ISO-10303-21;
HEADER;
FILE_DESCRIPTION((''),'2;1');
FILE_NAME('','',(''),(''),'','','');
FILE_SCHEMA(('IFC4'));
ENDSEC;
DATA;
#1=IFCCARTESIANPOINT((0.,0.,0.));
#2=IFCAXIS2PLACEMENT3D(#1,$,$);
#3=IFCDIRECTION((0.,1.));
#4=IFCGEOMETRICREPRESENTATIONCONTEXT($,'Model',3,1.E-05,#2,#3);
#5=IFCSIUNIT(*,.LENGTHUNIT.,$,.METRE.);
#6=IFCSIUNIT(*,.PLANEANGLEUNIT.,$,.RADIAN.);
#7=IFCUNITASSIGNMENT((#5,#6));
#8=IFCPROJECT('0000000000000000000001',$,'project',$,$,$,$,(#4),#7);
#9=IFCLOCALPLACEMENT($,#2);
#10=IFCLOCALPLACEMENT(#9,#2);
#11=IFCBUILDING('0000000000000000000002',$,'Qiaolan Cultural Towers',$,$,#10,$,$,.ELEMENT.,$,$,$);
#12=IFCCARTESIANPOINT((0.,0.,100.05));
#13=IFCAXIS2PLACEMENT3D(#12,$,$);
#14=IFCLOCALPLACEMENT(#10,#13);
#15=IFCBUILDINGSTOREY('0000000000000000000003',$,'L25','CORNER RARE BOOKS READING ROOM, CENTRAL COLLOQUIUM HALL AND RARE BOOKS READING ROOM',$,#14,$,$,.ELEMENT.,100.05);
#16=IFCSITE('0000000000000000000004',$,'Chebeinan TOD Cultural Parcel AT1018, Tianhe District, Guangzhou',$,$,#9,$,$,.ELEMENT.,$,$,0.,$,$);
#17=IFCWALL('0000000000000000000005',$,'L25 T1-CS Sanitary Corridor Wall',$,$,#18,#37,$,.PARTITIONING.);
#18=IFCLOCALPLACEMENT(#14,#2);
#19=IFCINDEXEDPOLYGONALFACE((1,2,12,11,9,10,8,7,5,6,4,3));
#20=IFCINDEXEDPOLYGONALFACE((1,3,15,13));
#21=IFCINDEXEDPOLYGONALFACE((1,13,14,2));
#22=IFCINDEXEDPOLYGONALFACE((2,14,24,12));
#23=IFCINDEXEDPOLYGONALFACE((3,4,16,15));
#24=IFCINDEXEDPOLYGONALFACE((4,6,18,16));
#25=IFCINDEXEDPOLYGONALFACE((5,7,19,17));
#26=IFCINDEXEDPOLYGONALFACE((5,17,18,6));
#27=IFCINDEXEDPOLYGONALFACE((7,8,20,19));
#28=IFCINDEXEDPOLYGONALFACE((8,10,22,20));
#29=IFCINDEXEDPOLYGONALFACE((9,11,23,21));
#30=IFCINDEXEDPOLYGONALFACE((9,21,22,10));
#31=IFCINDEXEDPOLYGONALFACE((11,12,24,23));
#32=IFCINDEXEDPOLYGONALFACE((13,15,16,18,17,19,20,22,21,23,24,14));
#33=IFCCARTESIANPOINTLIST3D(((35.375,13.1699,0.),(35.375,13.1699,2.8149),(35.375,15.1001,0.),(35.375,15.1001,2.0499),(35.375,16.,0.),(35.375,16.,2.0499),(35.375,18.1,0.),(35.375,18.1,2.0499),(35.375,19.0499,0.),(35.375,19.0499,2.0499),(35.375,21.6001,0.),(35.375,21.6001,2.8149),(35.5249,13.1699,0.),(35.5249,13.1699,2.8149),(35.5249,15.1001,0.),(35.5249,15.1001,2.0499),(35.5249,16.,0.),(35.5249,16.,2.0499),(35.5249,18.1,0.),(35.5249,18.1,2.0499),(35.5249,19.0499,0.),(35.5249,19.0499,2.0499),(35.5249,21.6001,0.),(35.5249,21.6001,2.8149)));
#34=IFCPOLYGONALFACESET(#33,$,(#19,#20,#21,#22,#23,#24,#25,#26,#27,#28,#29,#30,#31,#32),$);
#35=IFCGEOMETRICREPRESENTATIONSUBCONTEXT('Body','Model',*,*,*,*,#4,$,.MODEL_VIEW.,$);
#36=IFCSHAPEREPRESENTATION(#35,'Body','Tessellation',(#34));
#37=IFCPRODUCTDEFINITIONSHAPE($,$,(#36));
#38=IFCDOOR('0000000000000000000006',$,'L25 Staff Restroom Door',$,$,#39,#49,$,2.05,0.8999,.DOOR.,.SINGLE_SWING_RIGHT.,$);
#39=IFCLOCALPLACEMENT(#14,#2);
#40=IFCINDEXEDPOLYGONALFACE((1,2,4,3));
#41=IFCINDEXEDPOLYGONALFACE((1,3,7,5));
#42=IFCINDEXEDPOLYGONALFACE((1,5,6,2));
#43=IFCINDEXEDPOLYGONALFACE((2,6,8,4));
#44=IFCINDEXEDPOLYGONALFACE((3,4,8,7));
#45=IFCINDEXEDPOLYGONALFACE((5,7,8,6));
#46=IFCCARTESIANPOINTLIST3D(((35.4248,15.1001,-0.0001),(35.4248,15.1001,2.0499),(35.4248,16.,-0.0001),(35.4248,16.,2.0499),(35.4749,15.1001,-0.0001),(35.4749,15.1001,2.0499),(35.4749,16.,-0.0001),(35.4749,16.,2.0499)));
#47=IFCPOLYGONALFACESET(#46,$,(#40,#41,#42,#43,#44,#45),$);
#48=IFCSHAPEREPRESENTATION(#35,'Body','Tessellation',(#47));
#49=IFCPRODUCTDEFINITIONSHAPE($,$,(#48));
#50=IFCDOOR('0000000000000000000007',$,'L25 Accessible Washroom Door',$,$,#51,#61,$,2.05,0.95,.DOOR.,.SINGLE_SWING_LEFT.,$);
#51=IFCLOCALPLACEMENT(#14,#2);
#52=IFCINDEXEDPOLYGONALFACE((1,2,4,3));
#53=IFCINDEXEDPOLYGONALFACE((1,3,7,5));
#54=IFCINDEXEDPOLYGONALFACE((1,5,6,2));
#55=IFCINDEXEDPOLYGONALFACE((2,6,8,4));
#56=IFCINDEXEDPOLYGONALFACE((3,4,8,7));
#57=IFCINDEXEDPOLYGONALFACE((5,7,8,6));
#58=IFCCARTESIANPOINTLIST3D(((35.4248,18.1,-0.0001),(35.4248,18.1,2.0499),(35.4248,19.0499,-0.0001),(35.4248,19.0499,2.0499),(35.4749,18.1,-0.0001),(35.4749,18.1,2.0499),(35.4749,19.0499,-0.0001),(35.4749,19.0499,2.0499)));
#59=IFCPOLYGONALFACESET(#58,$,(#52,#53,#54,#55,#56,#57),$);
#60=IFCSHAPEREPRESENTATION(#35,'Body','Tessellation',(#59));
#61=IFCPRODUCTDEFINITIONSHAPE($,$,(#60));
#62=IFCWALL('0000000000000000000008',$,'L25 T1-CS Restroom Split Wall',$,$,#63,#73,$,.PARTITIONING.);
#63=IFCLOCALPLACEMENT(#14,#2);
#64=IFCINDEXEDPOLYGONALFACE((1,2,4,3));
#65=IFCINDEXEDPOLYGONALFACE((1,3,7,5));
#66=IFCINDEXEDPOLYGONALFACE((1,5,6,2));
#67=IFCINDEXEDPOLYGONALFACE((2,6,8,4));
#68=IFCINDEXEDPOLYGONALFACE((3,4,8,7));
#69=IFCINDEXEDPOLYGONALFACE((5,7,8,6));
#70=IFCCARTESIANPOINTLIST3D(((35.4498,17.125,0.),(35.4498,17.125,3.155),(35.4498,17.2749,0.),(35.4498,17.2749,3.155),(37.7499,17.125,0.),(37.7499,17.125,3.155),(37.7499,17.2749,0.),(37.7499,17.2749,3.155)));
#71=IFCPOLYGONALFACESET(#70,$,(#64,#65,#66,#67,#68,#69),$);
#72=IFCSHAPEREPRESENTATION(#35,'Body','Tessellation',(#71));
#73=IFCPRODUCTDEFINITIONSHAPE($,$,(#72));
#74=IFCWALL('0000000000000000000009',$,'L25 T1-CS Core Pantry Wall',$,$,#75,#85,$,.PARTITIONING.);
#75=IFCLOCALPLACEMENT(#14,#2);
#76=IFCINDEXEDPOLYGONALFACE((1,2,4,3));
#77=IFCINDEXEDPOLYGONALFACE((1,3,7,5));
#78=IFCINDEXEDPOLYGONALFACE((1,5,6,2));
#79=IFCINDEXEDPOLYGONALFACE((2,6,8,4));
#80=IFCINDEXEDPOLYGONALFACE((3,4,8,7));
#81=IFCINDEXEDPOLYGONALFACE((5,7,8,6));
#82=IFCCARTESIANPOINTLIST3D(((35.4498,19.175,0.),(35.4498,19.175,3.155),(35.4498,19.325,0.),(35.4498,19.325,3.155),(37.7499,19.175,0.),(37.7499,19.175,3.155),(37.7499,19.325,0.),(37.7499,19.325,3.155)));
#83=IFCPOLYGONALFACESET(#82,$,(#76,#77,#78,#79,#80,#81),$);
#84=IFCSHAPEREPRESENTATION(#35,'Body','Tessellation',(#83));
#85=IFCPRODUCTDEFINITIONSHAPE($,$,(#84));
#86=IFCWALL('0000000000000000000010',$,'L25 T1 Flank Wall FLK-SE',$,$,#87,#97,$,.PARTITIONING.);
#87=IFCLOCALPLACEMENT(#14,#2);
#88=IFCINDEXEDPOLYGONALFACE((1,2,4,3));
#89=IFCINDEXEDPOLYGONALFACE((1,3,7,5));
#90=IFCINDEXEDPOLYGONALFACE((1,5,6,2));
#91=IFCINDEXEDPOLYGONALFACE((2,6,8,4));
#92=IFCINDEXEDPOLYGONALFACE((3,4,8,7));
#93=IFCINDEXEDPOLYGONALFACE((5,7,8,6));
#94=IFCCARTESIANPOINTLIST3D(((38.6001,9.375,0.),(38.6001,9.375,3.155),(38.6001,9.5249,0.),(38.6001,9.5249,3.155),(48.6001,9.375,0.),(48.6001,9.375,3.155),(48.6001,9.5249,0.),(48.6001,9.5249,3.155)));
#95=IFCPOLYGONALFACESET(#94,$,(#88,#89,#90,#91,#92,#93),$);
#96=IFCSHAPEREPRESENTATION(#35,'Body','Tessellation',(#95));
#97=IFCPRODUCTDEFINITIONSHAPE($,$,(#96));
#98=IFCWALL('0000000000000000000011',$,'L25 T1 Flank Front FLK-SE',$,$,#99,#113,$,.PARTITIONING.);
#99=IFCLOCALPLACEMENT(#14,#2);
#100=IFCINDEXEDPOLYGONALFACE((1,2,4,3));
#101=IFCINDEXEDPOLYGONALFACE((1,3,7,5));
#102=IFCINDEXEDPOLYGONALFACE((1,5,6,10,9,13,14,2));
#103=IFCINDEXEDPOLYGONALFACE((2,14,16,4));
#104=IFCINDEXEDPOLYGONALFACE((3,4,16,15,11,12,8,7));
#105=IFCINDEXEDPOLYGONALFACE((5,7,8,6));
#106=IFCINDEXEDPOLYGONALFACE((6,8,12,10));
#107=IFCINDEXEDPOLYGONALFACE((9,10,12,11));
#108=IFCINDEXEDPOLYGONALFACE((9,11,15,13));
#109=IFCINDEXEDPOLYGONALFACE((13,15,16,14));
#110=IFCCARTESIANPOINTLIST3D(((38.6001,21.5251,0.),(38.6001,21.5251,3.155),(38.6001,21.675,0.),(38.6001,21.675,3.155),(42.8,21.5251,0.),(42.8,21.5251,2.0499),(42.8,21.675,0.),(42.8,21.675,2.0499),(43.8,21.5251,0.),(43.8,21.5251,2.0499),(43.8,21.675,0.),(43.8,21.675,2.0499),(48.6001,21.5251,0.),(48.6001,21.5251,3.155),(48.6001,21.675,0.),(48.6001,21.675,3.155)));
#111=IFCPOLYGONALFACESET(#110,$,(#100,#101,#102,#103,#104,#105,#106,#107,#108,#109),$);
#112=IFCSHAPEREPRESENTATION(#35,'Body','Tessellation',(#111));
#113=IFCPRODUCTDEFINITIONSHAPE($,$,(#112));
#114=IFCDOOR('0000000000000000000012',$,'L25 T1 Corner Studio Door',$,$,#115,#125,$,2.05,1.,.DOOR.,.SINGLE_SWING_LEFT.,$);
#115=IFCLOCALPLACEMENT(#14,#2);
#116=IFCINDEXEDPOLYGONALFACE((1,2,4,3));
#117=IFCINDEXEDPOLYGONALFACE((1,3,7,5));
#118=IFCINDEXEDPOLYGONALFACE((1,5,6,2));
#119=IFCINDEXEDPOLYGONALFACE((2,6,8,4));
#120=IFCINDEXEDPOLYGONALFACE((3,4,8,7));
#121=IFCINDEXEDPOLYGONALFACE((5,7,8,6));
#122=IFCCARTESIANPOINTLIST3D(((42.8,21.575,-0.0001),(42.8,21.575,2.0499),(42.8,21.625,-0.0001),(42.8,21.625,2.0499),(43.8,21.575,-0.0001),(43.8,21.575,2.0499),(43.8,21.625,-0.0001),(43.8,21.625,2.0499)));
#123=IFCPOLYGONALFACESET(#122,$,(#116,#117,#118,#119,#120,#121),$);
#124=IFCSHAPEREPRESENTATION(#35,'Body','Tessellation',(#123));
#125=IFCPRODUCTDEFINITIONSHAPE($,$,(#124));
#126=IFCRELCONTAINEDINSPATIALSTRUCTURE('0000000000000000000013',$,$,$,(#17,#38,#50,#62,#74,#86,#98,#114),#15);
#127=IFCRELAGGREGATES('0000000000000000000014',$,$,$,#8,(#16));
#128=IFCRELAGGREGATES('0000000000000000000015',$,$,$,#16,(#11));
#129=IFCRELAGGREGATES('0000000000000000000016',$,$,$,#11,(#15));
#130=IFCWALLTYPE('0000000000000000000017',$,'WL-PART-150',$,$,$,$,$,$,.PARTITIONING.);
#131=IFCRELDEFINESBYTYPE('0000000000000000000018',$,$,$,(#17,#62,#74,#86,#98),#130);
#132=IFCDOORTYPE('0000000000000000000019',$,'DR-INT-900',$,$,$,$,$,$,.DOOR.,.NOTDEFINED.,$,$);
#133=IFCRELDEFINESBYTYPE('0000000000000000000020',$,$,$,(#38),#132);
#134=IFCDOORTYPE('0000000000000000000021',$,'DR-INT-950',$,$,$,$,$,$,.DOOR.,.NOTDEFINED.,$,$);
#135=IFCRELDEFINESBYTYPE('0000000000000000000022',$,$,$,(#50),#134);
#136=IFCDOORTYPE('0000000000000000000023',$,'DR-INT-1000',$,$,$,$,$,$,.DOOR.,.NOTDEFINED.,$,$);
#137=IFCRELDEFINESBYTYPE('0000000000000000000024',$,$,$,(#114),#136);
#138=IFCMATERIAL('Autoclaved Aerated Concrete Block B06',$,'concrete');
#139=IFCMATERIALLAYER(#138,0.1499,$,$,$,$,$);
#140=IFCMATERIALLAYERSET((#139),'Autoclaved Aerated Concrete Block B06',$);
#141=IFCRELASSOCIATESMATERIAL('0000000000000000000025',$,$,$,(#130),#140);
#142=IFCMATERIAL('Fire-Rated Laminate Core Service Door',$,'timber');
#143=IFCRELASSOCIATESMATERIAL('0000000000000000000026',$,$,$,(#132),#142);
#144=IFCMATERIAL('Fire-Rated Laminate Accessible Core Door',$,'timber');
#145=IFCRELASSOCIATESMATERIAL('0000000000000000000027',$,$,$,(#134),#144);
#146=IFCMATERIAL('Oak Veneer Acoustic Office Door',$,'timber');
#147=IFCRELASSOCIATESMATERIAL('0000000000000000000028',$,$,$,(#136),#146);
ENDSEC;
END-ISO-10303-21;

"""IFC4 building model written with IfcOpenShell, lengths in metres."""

from ifc_helpers import new_model, si_unit, direction, frame, frame_2d, origin, place, context, subcontext, project, spatial, rectangle, extrude, material, layer, layer_set, type_object, element, fill, save


model = new_model("IFC4")

# Units and contexts
model_context = context("Model", 3, precision=1e-05, world=origin(), true_north=direction((0.0, 1.0)))
body_context = subcontext(model_context, "Body", "Model", "MODEL_VIEW")
ifc_project = project(units=[si_unit("LENGTHUNIT", "METRE"), si_unit("PLANEANGLEUNIT", "RADIAN")], contexts=[model_context])

# Site, building, storey
site_placement = place(None, origin())
site = spatial("IfcSite", under=ifc_project, at=site_placement, Name="Chebeinan TOD Cultural Parcel AT1018, Tianhe District, Guangzhou", CompositionType="ELEMENT", RefElevation=0.0)
building_placement = place(site_placement, origin())
building = spatial("IfcBuilding", under=site, at=building_placement, Name="Qiaolan Cultural Towers", CompositionType="ELEMENT")
storey_placement = place(building_placement, frame((0.0, 0.0, 100.05)))
storey = spatial("IfcBuildingStorey", under=building, at=storey_placement, Name="L25", Description="CORNER RARE BOOKS READING ROOM, CENTRAL COLLOQUIUM HALL AND RARE BOOKS READING ROOM", CompositionType="ELEMENT", Elevation=100.05)

# Wall, openings, doors
ifc_material_1 = material(Name="Autoclaved Aerated Concrete Block B06", Category="concrete")
ifc_layer_1 = layer(ifc_material_1, 0.1499)
ifc_layer_set_1 = layer_set([ifc_layer_1], Name="Autoclaved Aerated Concrete Block B06")
wall_type_1 = type_object("IfcWallType", Name="WL-PART-150", PredefinedType="PARTITIONING", material=ifc_layer_set_1)
ifc_material_2 = material(Name="Fire-Rated Laminate Core Service Door", Category="timber")
door_type_1 = type_object("IfcDoorType", Name="DR-INT-900", OperationType="NOTDEFINED", PredefinedType="DOOR", material=ifc_material_2)
ifc_material_3 = material(Name="Fire-Rated Laminate Accessible Core Door", Category="timber")
door_type_2 = type_object("IfcDoorType", Name="DR-INT-950", OperationType="NOTDEFINED", PredefinedType="DOOR", material=ifc_material_3)
wall_1_placement = place(storey_placement, frame((35.45, 21.6001, 0.0), z_axis=(0.0, 0.0, 1.0), x_axis=(0.0, -1.0, 0.0)))
wall_1 = element("IfcWall", 1, at=wall_1_placement, inside=storey, type_object=wall_type_1, Name="L25 T1-CS Sanitary Corridor Wall", PredefinedType="PARTITIONING", context=body_context, shape_type="SweptSolid", body=[
    extrude(rectangle(XDim=8.4302, YDim=0.1499, at=frame_2d((4.2151, 0.0))), origin(), (0.0, 0.0, 1.0), 2.8149),
])
opening_1_placement = place(wall_1_placement, frame((2.55, 0.0, 0.0)))
opening_1 = element("IfcOpeningElement", 2, at=opening_1_placement, cuts=wall_1, PredefinedType="OPENING", context=body_context, shape_type="SweptSolid", body=[
    extrude(rectangle(XDim=0.95, YDim=2.05, at=frame_2d((0.4751, 1.0249))), frame((0.0, 0.085, 0.0), z_axis=(0.0, -1.0, 0.0), x_axis=(1.0, 0.0, 0.0)), (0.0, 0.0, 1.0), 0.1699),
])
opening_2_placement = place(wall_1_placement, frame((5.6001, 0.0, 0.0)))
opening_2 = element("IfcOpeningElement", 3, at=opening_2_placement, cuts=wall_1, PredefinedType="OPENING", context=body_context, shape_type="SweptSolid", body=[
    extrude(rectangle(XDim=0.8999, YDim=2.05, at=frame_2d((0.45, 1.0249))), frame((0.0, 0.085, 0.0), z_axis=(0.0, -1.0, 0.0), x_axis=(1.0, 0.0, 0.0)), (0.0, 0.0, 1.0), 0.1699),
])
door_1_placement = place(opening_2_placement, origin())
door_1 = element("IfcDoor", 4, at=door_1_placement, inside=storey, type_object=door_type_1, Name="L25 Staff Restroom Door", OperationType="SINGLE_SWING_RIGHT", OverallHeight=2.05, OverallWidth=0.8999, PredefinedType="DOOR", context=body_context, shape_type="SweptSolid", body=[
    extrude(rectangle(XDim=0.8999, YDim=2.05, at=frame_2d((0.45, 1.0249))), frame((0.0, 0.0249, 0.0), z_axis=(0.0, -1.0, 0.0), x_axis=(1.0, 0.0, 0.0)), (0.0, 0.0, 1.0), 0.05),
])
fill(opening_2, door_1)
door_2_placement = place(opening_1_placement, origin())
door_2 = element("IfcDoor", 5, at=door_2_placement, inside=storey, type_object=door_type_2, Name="L25 Accessible Washroom Door", OperationType="SINGLE_SWING_LEFT", OverallHeight=2.05, OverallWidth=0.95, PredefinedType="DOOR", context=body_context, shape_type="SweptSolid", body=[
    extrude(rectangle(XDim=0.95, YDim=2.05, at=frame_2d((0.4751, 1.0249))), frame((0.0, 0.0249, 0.0), z_axis=(0.0, -1.0, 0.0), x_axis=(1.0, 0.0, 0.0)), (0.0, 0.0, 1.0), 0.05),
])
fill(opening_1, door_2)

# Walls
for number, where, z_axis, x_axis, name in (
    (6, (35.45, 17.2, 0.0), (0.0, 0.0, 1.0), (1.0, 0.0, 0.0), "L25 T1-CS Restroom Split Wall"),
    (7, (35.45, 19.25, 0.0), (0.0, 0.0, 1.0), (1.0, 0.0, 0.0), "L25 T1-CS Core Pantry Wall"),
):
    element("IfcWall", number, at=place(storey_placement, frame(where, z_axis=z_axis, x_axis=x_axis)), inside=storey, type_object=wall_type_1, Name=name, PredefinedType="PARTITIONING", context=body_context, shape_type="SweptSolid", body=[
        extrude(rectangle(XDim=2.3, YDim=0.1499, at=frame_2d((1.1499, 0.0))), origin(), (0.0, 0.0, 1.0), 3.155),
    ])
wall_2_placement = place(storey_placement, frame((38.6001, 9.45, 0.0), z_axis=(0.0, 0.0, 1.0), x_axis=(1.0, 0.0, 0.0)))
element("IfcWall", 8, at=wall_2_placement, inside=storey, type_object=wall_type_1, Name="L25 T1 Flank Wall FLK-SE", PredefinedType="PARTITIONING", context=body_context, shape_type="SweptSolid", body=[
    extrude(rectangle(XDim=10.0, YDim=0.1499, at=frame_2d((5.0, 0.0))), origin(), (0.0, 0.0, 1.0), 3.155),
])

# Wall, opening, door
wall_3_placement = place(storey_placement, frame((38.6001, 21.6001, 0.0), z_axis=(0.0, 0.0, 1.0), x_axis=(1.0, 0.0, 0.0)))
wall_3 = element("IfcWall", 9, at=wall_3_placement, inside=storey, type_object=wall_type_1, Name="L25 T1 Flank Front FLK-SE", PredefinedType="PARTITIONING", context=body_context, shape_type="SweptSolid", body=[
    extrude(rectangle(XDim=10.0, YDim=0.1499, at=frame_2d((5.0, 0.0))), origin(), (0.0, 0.0, 1.0), 3.155),
])
opening_3_placement = place(wall_3_placement, frame((4.2, 0.0, 0.0)))
opening_3 = element("IfcOpeningElement", 10, at=opening_3_placement, cuts=wall_3, PredefinedType="OPENING", context=body_context, shape_type="SweptSolid", body=[
    extrude(rectangle(XDim=1.0, YDim=2.05, at=frame_2d((0.5, 1.0249))), frame((0.0, 0.085, 0.0), z_axis=(0.0, -1.0, 0.0), x_axis=(1.0, 0.0, 0.0)), (0.0, 0.0, 1.0), 0.1699),
])
ifc_material_4 = material(Name="Oak Veneer Acoustic Office Door", Category="timber")
door_type_3 = type_object("IfcDoorType", Name="DR-INT-1000", OperationType="NOTDEFINED", PredefinedType="DOOR", material=ifc_material_4)
door_3_placement = place(opening_3_placement, origin())
door_3 = element("IfcDoor", 11, at=door_3_placement, inside=storey, type_object=door_type_3, Name="L25 T1 Corner Studio Door", OperationType="SINGLE_SWING_LEFT", OverallHeight=2.05, OverallWidth=1.0, PredefinedType="DOOR", context=body_context, shape_type="SweptSolid", body=[
    extrude(rectangle(XDim=1.0, YDim=2.05, at=frame_2d((0.5, 1.0249))), frame((0.0, 0.0249, 0.0), z_axis=(0.0, -1.0, 0.0), x_axis=(1.0, 0.0, 0.0)), (0.0, 0.0, 1.0), 0.05),
])
fill(opening_3, door_3)

save(model, "model.ifc")
